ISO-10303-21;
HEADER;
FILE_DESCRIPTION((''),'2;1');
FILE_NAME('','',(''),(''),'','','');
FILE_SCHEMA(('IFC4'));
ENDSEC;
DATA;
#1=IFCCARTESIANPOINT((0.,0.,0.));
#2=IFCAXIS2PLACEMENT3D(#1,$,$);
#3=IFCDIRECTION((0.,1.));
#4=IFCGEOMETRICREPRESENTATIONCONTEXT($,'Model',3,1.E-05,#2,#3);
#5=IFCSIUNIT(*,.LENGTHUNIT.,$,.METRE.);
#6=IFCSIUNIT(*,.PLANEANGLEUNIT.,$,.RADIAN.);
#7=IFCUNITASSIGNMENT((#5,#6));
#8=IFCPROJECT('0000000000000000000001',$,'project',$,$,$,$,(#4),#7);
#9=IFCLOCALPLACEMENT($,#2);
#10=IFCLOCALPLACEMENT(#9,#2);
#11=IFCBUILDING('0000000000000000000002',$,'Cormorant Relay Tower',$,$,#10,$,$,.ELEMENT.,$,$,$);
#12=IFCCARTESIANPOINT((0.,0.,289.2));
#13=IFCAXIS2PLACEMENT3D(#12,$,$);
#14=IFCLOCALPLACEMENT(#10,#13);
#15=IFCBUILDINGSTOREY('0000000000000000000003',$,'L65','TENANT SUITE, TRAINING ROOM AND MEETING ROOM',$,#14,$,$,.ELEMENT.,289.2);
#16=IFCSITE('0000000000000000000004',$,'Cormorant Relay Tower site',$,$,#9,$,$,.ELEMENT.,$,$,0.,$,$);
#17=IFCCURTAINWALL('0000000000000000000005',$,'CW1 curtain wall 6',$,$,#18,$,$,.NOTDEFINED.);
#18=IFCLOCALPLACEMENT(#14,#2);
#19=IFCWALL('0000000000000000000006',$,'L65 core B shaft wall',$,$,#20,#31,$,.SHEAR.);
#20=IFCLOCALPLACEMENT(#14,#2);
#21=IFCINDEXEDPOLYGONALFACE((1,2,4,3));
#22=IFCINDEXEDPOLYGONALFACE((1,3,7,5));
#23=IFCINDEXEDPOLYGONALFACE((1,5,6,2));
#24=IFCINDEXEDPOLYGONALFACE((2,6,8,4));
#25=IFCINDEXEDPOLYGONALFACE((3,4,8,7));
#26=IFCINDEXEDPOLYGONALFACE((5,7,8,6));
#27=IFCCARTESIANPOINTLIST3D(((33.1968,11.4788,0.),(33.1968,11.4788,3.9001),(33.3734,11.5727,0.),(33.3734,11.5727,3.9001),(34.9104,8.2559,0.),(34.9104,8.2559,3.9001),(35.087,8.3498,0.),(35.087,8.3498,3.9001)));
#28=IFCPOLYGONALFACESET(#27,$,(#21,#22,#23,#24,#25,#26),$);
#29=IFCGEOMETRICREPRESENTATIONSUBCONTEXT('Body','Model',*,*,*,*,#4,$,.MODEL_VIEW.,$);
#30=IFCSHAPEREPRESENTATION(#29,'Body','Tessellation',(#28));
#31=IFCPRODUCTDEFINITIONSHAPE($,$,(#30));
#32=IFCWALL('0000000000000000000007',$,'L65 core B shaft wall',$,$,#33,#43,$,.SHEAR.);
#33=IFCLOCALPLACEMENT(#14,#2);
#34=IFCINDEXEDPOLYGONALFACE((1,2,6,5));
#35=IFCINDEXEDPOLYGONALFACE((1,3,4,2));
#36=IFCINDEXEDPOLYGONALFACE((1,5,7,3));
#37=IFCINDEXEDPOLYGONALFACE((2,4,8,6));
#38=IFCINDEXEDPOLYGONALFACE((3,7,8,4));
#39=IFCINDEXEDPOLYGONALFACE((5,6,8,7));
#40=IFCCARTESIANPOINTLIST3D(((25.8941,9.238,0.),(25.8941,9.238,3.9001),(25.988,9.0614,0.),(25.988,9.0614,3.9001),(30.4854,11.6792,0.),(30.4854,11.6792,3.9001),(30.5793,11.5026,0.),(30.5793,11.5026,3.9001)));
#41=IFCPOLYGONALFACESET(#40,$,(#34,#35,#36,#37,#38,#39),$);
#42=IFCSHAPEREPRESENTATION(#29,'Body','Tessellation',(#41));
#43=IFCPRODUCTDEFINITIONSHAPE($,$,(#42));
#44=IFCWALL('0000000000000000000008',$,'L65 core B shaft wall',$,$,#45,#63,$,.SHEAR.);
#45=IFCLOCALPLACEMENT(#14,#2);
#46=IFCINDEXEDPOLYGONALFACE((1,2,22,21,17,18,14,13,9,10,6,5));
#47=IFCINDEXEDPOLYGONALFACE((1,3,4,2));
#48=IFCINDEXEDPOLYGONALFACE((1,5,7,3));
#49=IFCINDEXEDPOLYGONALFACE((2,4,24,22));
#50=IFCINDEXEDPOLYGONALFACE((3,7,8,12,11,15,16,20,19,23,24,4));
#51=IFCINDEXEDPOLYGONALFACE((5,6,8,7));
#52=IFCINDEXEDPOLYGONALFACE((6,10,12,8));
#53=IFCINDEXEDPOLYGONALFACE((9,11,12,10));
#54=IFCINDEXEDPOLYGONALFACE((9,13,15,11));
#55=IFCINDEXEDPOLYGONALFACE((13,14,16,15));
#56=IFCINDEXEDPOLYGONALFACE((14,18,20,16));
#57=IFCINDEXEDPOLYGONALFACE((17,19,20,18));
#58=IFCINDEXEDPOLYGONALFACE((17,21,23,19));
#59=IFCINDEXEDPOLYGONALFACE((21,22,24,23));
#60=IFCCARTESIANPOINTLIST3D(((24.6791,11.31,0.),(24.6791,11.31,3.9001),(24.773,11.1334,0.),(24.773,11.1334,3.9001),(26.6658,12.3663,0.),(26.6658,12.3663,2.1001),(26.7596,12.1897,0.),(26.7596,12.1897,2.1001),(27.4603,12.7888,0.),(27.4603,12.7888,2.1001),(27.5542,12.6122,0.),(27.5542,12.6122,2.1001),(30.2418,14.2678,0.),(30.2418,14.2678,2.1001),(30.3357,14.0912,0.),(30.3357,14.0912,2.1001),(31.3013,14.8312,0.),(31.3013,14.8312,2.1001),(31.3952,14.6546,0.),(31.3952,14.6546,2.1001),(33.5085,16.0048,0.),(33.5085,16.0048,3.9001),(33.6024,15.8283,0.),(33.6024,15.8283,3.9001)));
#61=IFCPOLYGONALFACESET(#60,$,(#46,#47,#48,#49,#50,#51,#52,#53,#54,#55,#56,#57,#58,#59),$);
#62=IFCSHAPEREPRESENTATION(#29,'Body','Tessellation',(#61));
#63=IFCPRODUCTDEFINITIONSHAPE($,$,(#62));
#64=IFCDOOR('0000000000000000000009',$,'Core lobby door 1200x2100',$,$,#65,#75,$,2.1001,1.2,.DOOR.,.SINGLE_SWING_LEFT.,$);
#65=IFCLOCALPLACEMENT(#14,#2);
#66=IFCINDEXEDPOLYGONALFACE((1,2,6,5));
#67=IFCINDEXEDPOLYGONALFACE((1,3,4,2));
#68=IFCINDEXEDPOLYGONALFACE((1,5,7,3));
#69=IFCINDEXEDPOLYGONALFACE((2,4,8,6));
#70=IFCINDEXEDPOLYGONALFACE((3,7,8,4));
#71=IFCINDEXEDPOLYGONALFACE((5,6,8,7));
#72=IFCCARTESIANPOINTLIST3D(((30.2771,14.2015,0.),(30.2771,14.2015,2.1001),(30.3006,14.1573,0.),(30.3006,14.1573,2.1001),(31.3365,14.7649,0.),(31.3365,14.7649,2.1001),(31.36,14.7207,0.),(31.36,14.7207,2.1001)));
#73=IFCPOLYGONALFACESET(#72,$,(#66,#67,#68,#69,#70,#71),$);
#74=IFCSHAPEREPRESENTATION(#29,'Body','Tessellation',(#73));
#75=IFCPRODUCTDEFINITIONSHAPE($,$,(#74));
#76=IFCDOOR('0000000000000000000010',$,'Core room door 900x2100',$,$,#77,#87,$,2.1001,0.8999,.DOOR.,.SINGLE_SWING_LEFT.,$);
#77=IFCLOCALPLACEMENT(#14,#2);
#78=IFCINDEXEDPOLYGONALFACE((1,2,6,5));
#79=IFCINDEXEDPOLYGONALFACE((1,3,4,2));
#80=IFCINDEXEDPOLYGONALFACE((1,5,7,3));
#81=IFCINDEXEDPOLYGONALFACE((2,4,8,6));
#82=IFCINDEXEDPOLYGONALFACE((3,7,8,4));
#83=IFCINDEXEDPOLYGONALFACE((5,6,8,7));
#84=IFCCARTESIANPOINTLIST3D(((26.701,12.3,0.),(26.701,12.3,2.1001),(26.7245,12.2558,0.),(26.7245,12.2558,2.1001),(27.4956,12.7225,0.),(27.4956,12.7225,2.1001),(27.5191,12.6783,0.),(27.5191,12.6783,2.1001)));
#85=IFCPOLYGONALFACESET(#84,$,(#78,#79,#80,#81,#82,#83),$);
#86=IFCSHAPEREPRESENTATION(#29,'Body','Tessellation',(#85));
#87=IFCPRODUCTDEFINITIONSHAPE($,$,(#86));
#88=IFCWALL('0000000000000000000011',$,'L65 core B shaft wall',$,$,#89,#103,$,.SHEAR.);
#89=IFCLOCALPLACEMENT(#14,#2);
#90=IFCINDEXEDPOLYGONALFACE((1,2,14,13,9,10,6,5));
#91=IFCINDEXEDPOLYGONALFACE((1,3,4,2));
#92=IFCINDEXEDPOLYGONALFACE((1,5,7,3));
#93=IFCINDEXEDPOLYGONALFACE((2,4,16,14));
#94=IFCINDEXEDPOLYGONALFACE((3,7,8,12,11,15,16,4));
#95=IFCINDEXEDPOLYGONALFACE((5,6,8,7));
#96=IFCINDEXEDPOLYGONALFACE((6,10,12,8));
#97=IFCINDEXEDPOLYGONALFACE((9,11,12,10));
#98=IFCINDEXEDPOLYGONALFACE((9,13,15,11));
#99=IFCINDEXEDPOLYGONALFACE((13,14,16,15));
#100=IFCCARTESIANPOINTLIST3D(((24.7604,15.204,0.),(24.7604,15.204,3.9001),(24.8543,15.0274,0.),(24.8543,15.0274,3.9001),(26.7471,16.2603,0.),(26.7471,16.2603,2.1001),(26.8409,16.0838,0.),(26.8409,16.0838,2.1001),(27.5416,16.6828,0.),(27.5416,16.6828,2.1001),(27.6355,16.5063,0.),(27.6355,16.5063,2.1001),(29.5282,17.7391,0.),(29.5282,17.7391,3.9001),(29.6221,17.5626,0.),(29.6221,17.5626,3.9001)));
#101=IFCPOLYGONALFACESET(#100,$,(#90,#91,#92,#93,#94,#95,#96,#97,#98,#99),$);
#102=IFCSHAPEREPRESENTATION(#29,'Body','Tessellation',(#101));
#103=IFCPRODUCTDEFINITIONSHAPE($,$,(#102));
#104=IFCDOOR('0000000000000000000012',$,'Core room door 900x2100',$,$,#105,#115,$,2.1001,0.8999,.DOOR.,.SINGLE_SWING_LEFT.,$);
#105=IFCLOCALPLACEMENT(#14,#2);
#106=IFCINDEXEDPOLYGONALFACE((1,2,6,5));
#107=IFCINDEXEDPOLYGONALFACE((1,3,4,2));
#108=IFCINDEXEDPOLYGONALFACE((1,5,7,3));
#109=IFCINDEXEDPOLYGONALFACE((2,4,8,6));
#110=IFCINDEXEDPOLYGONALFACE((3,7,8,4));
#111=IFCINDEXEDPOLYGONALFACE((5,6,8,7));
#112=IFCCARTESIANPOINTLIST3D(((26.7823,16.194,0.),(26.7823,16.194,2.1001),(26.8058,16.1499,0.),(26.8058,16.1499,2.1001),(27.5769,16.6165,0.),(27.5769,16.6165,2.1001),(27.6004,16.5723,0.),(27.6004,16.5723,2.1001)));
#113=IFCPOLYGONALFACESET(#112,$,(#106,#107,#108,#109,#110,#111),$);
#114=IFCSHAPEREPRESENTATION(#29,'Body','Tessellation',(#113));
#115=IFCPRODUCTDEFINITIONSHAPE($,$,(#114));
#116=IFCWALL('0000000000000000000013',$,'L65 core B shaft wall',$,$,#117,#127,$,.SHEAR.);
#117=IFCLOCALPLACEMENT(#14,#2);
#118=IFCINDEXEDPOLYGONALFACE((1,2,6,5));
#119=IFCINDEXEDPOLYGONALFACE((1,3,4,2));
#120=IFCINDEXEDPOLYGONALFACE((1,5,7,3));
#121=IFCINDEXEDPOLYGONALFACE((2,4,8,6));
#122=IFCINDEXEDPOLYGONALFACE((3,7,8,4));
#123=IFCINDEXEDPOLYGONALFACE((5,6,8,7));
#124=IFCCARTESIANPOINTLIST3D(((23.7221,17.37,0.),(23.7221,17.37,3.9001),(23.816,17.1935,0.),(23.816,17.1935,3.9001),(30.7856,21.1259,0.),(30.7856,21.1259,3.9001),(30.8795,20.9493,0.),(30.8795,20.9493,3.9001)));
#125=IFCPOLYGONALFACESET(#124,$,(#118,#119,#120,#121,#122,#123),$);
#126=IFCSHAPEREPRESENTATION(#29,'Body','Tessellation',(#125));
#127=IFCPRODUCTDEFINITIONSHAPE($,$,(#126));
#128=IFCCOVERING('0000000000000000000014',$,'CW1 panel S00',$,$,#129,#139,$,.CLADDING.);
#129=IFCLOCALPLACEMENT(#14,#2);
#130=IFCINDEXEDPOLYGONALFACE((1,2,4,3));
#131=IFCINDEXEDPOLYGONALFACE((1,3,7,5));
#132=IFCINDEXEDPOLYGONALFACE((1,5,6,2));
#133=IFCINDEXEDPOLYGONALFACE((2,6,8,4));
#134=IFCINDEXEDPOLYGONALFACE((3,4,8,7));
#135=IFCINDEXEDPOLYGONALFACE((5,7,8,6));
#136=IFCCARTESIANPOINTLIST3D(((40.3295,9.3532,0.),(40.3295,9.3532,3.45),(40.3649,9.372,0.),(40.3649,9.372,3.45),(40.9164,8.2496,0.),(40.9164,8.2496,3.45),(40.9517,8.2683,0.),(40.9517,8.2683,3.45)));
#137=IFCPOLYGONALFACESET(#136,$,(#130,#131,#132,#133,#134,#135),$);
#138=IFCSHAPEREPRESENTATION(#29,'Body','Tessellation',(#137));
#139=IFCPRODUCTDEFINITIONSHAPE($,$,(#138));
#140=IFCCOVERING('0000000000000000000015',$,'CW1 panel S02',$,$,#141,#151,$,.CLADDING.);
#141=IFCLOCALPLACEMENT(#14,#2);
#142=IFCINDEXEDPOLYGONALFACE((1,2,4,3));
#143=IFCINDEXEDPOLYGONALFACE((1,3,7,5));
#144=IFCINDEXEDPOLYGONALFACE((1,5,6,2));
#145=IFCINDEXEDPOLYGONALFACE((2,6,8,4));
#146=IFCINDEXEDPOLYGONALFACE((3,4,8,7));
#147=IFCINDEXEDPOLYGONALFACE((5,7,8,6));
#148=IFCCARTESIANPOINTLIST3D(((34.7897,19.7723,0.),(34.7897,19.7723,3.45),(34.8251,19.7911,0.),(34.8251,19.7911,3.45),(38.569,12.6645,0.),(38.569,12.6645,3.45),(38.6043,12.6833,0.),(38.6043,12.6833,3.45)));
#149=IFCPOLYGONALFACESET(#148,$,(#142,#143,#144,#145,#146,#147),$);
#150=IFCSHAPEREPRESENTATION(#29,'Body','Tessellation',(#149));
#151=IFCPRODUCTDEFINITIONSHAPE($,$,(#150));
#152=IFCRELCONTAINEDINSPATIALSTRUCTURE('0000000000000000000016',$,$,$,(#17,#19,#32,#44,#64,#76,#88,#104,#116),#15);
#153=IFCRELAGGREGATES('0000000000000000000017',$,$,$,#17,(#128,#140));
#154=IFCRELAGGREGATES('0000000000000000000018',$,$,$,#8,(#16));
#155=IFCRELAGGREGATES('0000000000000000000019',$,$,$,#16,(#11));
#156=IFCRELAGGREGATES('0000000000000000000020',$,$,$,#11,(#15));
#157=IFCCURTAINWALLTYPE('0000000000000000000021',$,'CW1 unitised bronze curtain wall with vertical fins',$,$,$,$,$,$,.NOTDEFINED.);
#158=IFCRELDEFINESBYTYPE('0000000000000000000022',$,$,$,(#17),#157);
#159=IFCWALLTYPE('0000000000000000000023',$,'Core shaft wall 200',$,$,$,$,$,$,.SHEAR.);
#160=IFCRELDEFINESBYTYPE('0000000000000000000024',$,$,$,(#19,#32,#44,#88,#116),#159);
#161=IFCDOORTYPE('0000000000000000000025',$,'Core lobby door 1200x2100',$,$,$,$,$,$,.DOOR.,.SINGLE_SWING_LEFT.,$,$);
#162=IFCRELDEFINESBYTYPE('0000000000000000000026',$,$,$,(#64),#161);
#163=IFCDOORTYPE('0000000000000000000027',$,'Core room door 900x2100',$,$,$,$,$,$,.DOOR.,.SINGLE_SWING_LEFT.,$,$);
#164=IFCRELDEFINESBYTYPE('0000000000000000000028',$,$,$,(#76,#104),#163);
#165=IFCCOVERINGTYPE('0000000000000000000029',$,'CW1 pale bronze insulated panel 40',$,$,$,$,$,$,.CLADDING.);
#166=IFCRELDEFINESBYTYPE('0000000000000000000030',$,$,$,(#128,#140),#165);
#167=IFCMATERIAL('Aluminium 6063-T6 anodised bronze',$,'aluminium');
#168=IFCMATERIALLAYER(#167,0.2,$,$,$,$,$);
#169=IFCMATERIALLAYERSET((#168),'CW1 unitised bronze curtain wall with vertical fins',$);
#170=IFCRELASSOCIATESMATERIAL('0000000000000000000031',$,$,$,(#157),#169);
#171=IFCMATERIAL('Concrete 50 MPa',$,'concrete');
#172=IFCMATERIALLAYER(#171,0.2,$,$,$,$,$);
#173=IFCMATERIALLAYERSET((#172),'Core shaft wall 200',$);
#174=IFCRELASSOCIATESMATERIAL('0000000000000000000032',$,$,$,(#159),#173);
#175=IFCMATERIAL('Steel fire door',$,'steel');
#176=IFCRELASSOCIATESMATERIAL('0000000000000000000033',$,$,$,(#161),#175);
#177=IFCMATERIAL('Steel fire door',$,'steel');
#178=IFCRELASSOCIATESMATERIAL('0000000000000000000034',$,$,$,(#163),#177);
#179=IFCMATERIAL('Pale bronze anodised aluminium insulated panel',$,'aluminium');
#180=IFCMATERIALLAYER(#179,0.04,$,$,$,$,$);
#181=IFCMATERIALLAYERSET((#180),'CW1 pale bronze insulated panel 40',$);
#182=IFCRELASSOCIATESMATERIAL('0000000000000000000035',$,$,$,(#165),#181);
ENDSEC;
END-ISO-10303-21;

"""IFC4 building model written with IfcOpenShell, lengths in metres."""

from ifc_helpers import new_model, si_unit, direction, frame, frame_2d, origin, origin_2d, place, context, subcontext, project, spatial, rectangle, extrude, material, layer, layer_set, type_object, element, fill, aggregate, save


model = new_model("IFC4")

# Units and contexts
model_context = context("Model", 3, precision=1e-05, world=origin(), true_north=direction((0.0, 1.0)))
body_context = subcontext(model_context, "Body", "Model", "MODEL_VIEW")
ifc_project = project(units=[si_unit("LENGTHUNIT", "METRE"), si_unit("PLANEANGLEUNIT", "RADIAN")], contexts=[model_context])

# Site, building, storey
site_placement = place(None, origin())
site = spatial("IfcSite", under=ifc_project, at=site_placement, Name="Cormorant Relay Tower site", CompositionType="ELEMENT", RefElevation=0.0)
building_placement = place(site_placement, origin())
building = spatial("IfcBuilding", under=site, at=building_placement, Name="Cormorant Relay Tower", CompositionType="ELEMENT")
storey_placement = place(building_placement, frame((0.0, 0.0, 289.2)))
storey = spatial("IfcBuildingStorey", under=building, at=storey_placement, Name="L65", Description="TENANT SUITE, TRAINING ROOM AND MEETING ROOM", CompositionType="ELEMENT", Elevation=289.2)

# Curtain wall
ifc_material_1 = material(Name="Aluminium 6063-T6 anodised bronze", Category="aluminium")
ifc_layer_1 = layer(ifc_material_1, 0.2)
ifc_layer_set_1 = layer_set([ifc_layer_1], Name="CW1 unitised bronze curtain wall with vertical fins")
curtain_wall_type = type_object("IfcCurtainWallType", Name="CW1 unitised bronze curtain wall with vertical fins", PredefinedType="NOTDEFINED", material=ifc_layer_set_1)
curtain_wall_1_placement = place(storey_placement, origin())
curtain_wall_1 = element("IfcCurtainWall", 1, at=curtain_wall_1_placement, inside=storey, type_object=curtain_wall_type, Name="CW1 curtain wall 6", PredefinedType="NOTDEFINED")

# Shared definitions
ifc_material_2 = material(Name="Concrete 50 MPa", Category="concrete")
ifc_layer_2 = layer(ifc_material_2, 0.2)
ifc_layer_set_2 = layer_set([ifc_layer_2], Name="Core shaft wall 200")
wall_type_1 = type_object("IfcWallType", Name="Core shaft wall 200", PredefinedType="SHEAR", material=ifc_layer_set_2)

# Wall
wall_1_placement = place(storey_placement, frame((34.9988, 8.3027, 0.0), z_axis=(0.0, 0.0, 1.0), x_axis=(-0.469467, 0.88295, 0.0)))
element("IfcWall", 2, at=wall_1_placement, inside=storey, type_object=wall_type_1, Name="L65 core B shaft wall", PredefinedType="SHEAR", context=body_context, shape_type="SweptSolid", body=[
    extrude(rectangle(XDim=3.6501, YDim=0.2, at=frame_2d((1.8252, 0.0))), origin(), (0.0, 0.0, 1.0), 3.9001),
])

# Wall
wall_2_placement = place(storey_placement, frame((25.9409, 9.1497, 0.0), z_axis=(0.0, 0.0, 1.0), x_axis=(0.882954, 0.46946, 0.0)))
element("IfcWall", 3, at=wall_2_placement, inside=storey, type_object=wall_type_1, Name="L65 core B shaft wall", PredefinedType="SHEAR", context=body_context, shape_type="SweptSolid", body=[
    extrude(rectangle(XDim=5.2, YDim=0.2, at=frame_2d((2.6001, 0.0))), origin(), (0.0, 0.0, 1.0), 3.9001),
])

# Wall, openings, doors
wall_3_placement = place(storey_placement, frame((24.7261, 11.2217, 0.0), z_axis=(0.0, 0.0, 1.0), x_axis=(0.88294, 0.469485, 0.0)))
wall_3 = element("IfcWall", 4, at=wall_3_placement, inside=storey, type_object=wall_type_1, Name="L65 core B shaft wall", PredefinedType="SHEAR", context=body_context, shape_type="SweptSolid", body=[
    extrude(rectangle(XDim=10.0, YDim=0.2, at=frame_2d((5.0, 0.0))), origin(), (0.0, 0.0, 1.0), 3.9001),
])
opening_1_placement = place(wall_3_placement, frame((6.3, 0.0, 0.0)))
opening_1 = element("IfcOpeningElement", 5, at=opening_1_placement, cuts=wall_3, PredefinedType="OPENING", context=body_context, shape_type="SweptSolid", body=[
    extrude(rectangle(XDim=1.2, YDim=2.1001, at=frame_2d((0.6001, 1.05))), frame((0.0, 0.1099, 0.0), z_axis=(0.0, -1.0, 0.0), x_axis=(1.0, 0.0, 0.0)), (0.0, 0.0, 1.0), 0.22),
])
opening_2_placement = place(wall_3_placement, frame((2.25, 0.0, 0.0)))
opening_2 = element("IfcOpeningElement", 6, at=opening_2_placement, cuts=wall_3, PredefinedType="OPENING", context=body_context, shape_type="SweptSolid", body=[
    extrude(rectangle(XDim=0.8999, YDim=2.1001, at=frame_2d((0.45, 1.05))), frame((0.0, 0.1099, 0.0), z_axis=(0.0, -1.0, 0.0), x_axis=(1.0, 0.0, 0.0)), (0.0, 0.0, 1.0), 0.22),
])
ifc_material_3 = material(Name="Steel fire door", Category="steel")
door_type_1 = type_object("IfcDoorType", Name="Core lobby door 1200x2100", OperationType="SINGLE_SWING_LEFT", PredefinedType="DOOR", material=ifc_material_3)
door_1_placement = place(opening_1_placement, origin())
door_1 = element("IfcDoor", 7, at=door_1_placement, inside=storey, type_object=door_type_1, Name="Core lobby door 1200x2100", OperationType="SINGLE_SWING_LEFT", OverallHeight=2.1001, OverallWidth=1.2, PredefinedType="DOOR", context=body_context, shape_type="SweptSolid", body=[
    extrude(rectangle(XDim=1.2, YDim=2.1001, at=frame_2d((0.6001, 1.05))), frame((0.0, 0.0249, 0.0), z_axis=(0.0, -1.0, 0.0), x_axis=(1.0, 0.0, 0.0)), (0.0, 0.0, 1.0), 0.05),
])
fill(opening_1, door_1)
ifc_material_4 = material(Name="Steel fire door", Category="steel")
door_type_2 = type_object("IfcDoorType", Name="Core room door 900x2100", OperationType="SINGLE_SWING_LEFT", PredefinedType="DOOR", material=ifc_material_4)
door_2_placement = place(opening_2_placement, origin())
door_2 = element("IfcDoor", 8, at=door_2_placement, inside=storey, type_object=door_type_2, Name="Core room door 900x2100", OperationType="SINGLE_SWING_LEFT", OverallHeight=2.1001, OverallWidth=0.8999, PredefinedType="DOOR", context=body_context, shape_type="SweptSolid", body=[
    extrude(rectangle(XDim=0.8999, YDim=2.1001, at=frame_2d((0.45, 1.05))), frame((0.0, 0.0249, 0.0), z_axis=(0.0, -1.0, 0.0), x_axis=(1.0, 0.0, 0.0)), (0.0, 0.0, 1.0), 0.05),
])
fill(opening_2, door_2)

# Wall, opening, door
wall_4_placement = place(storey_placement, frame((24.8074, 15.1157, 0.0), z_axis=(0.0, 0.0, 1.0), x_axis=(0.882943, 0.46948, 0.0)))
wall_4 = element("IfcWall", 9, at=wall_4_placement, inside=storey, type_object=wall_type_1, Name="L65 core B shaft wall", PredefinedType="SHEAR", context=body_context, shape_type="SweptSolid", body=[
    extrude(rectangle(XDim=5.3999, YDim=0.2, at=frame_2d((2.7, 0.0))), origin(), (0.0, 0.0, 1.0), 3.9001),
])
opening_3_placement = place(wall_4_placement, frame((2.25, 0.0, 0.0)))
opening_3 = element("IfcOpeningElement", 10, at=opening_3_placement, cuts=wall_4, PredefinedType="OPENING", context=body_context, shape_type="SweptSolid", body=[
    extrude(rectangle(XDim=0.8999, YDim=2.1001, at=frame_2d((0.45, 1.05))), frame((0.0, 0.1099, 0.0), z_axis=(0.0, -1.0, 0.0), x_axis=(1.0, 0.0, 0.0)), (0.0, 0.0, 1.0), 0.22),
])
door_3_placement = place(opening_3_placement, origin())
door_3 = element("IfcDoor", 11, at=door_3_placement, inside=storey, type_object=door_type_2, Name="Core room door 900x2100", OperationType="SINGLE_SWING_LEFT", OverallHeight=2.1001, OverallWidth=0.8999, PredefinedType="DOOR", context=body_context, shape_type="SweptSolid", body=[
    extrude(rectangle(XDim=0.8999, YDim=2.1001, at=frame_2d((0.45, 1.05))), frame((0.0, 0.0249, 0.0), z_axis=(0.0, -1.0, 0.0), x_axis=(1.0, 0.0, 0.0)), (0.0, 0.0, 1.0), 0.05),
])
fill(opening_3, door_3)

# Wall
wall_5_placement = place(storey_placement, frame((23.769, 17.2817, 0.0), z_axis=(0.0, 0.0, 1.0), x_axis=(0.88294, 0.469485, 0.0)))
element("IfcWall", 12, at=wall_5_placement, inside=storey, type_object=wall_type_1, Name="L65 core B shaft wall", PredefinedType="SHEAR", context=body_context, shape_type="SweptSolid", body=[
    extrude(rectangle(XDim=8.0, YDim=0.2, at=frame_2d((4.0, 0.0))), origin(), (0.0, 0.0, 1.0), 3.9001),
])

# Coverings
ifc_material_5 = material(Name="Pale bronze anodised aluminium insulated panel", Category="aluminium")
ifc_layer_3 = layer(ifc_material_5, 0.04)
ifc_layer_set_3 = layer_set([ifc_layer_3], Name="CW1 pale bronze insulated panel 40")
covering_type = type_object("IfcCoveringType", Name="CW1 pale bronze insulated panel 40", PredefinedType="CLADDING", material=ifc_layer_set_3)
covering_1_placement = place(storey_placement, frame((40.6406, 8.8108, 0.0), z_axis=(0.0, 0.0, 1.0), x_axis=(-0.469472, 0.882948, 0.0)))
covering_1 = element("IfcCovering", 13, at=covering_1_placement, type_object=covering_type, Name="CW1 panel S00", PredefinedType="CLADDING", context=body_context, shape_type="SweptSolid", body=[
    extrude(rectangle(XDim=1.25, YDim=0.04, at=origin_2d()), origin(), (0.0, 0.0, 1.0), 3.45),
])
covering_2_placement = place(storey_placement, frame((36.697, 16.2278, 0.0), z_axis=(0.0, 0.0, 1.0), x_axis=(-0.469472, 0.882948, 0.0)))
covering_2 = element("IfcCovering", 14, at=covering_2_placement, type_object=covering_type, Name="CW1 panel S02", PredefinedType="CLADDING", context=body_context, shape_type="SweptSolid", body=[
    extrude(rectangle(XDim=8.05, YDim=0.04, at=origin_2d()), origin(), (0.0, 0.0, 1.0), 3.45),
])
aggregate(curtain_wall_1, [covering_1, covering_2])

save(model, "model.ifc")
